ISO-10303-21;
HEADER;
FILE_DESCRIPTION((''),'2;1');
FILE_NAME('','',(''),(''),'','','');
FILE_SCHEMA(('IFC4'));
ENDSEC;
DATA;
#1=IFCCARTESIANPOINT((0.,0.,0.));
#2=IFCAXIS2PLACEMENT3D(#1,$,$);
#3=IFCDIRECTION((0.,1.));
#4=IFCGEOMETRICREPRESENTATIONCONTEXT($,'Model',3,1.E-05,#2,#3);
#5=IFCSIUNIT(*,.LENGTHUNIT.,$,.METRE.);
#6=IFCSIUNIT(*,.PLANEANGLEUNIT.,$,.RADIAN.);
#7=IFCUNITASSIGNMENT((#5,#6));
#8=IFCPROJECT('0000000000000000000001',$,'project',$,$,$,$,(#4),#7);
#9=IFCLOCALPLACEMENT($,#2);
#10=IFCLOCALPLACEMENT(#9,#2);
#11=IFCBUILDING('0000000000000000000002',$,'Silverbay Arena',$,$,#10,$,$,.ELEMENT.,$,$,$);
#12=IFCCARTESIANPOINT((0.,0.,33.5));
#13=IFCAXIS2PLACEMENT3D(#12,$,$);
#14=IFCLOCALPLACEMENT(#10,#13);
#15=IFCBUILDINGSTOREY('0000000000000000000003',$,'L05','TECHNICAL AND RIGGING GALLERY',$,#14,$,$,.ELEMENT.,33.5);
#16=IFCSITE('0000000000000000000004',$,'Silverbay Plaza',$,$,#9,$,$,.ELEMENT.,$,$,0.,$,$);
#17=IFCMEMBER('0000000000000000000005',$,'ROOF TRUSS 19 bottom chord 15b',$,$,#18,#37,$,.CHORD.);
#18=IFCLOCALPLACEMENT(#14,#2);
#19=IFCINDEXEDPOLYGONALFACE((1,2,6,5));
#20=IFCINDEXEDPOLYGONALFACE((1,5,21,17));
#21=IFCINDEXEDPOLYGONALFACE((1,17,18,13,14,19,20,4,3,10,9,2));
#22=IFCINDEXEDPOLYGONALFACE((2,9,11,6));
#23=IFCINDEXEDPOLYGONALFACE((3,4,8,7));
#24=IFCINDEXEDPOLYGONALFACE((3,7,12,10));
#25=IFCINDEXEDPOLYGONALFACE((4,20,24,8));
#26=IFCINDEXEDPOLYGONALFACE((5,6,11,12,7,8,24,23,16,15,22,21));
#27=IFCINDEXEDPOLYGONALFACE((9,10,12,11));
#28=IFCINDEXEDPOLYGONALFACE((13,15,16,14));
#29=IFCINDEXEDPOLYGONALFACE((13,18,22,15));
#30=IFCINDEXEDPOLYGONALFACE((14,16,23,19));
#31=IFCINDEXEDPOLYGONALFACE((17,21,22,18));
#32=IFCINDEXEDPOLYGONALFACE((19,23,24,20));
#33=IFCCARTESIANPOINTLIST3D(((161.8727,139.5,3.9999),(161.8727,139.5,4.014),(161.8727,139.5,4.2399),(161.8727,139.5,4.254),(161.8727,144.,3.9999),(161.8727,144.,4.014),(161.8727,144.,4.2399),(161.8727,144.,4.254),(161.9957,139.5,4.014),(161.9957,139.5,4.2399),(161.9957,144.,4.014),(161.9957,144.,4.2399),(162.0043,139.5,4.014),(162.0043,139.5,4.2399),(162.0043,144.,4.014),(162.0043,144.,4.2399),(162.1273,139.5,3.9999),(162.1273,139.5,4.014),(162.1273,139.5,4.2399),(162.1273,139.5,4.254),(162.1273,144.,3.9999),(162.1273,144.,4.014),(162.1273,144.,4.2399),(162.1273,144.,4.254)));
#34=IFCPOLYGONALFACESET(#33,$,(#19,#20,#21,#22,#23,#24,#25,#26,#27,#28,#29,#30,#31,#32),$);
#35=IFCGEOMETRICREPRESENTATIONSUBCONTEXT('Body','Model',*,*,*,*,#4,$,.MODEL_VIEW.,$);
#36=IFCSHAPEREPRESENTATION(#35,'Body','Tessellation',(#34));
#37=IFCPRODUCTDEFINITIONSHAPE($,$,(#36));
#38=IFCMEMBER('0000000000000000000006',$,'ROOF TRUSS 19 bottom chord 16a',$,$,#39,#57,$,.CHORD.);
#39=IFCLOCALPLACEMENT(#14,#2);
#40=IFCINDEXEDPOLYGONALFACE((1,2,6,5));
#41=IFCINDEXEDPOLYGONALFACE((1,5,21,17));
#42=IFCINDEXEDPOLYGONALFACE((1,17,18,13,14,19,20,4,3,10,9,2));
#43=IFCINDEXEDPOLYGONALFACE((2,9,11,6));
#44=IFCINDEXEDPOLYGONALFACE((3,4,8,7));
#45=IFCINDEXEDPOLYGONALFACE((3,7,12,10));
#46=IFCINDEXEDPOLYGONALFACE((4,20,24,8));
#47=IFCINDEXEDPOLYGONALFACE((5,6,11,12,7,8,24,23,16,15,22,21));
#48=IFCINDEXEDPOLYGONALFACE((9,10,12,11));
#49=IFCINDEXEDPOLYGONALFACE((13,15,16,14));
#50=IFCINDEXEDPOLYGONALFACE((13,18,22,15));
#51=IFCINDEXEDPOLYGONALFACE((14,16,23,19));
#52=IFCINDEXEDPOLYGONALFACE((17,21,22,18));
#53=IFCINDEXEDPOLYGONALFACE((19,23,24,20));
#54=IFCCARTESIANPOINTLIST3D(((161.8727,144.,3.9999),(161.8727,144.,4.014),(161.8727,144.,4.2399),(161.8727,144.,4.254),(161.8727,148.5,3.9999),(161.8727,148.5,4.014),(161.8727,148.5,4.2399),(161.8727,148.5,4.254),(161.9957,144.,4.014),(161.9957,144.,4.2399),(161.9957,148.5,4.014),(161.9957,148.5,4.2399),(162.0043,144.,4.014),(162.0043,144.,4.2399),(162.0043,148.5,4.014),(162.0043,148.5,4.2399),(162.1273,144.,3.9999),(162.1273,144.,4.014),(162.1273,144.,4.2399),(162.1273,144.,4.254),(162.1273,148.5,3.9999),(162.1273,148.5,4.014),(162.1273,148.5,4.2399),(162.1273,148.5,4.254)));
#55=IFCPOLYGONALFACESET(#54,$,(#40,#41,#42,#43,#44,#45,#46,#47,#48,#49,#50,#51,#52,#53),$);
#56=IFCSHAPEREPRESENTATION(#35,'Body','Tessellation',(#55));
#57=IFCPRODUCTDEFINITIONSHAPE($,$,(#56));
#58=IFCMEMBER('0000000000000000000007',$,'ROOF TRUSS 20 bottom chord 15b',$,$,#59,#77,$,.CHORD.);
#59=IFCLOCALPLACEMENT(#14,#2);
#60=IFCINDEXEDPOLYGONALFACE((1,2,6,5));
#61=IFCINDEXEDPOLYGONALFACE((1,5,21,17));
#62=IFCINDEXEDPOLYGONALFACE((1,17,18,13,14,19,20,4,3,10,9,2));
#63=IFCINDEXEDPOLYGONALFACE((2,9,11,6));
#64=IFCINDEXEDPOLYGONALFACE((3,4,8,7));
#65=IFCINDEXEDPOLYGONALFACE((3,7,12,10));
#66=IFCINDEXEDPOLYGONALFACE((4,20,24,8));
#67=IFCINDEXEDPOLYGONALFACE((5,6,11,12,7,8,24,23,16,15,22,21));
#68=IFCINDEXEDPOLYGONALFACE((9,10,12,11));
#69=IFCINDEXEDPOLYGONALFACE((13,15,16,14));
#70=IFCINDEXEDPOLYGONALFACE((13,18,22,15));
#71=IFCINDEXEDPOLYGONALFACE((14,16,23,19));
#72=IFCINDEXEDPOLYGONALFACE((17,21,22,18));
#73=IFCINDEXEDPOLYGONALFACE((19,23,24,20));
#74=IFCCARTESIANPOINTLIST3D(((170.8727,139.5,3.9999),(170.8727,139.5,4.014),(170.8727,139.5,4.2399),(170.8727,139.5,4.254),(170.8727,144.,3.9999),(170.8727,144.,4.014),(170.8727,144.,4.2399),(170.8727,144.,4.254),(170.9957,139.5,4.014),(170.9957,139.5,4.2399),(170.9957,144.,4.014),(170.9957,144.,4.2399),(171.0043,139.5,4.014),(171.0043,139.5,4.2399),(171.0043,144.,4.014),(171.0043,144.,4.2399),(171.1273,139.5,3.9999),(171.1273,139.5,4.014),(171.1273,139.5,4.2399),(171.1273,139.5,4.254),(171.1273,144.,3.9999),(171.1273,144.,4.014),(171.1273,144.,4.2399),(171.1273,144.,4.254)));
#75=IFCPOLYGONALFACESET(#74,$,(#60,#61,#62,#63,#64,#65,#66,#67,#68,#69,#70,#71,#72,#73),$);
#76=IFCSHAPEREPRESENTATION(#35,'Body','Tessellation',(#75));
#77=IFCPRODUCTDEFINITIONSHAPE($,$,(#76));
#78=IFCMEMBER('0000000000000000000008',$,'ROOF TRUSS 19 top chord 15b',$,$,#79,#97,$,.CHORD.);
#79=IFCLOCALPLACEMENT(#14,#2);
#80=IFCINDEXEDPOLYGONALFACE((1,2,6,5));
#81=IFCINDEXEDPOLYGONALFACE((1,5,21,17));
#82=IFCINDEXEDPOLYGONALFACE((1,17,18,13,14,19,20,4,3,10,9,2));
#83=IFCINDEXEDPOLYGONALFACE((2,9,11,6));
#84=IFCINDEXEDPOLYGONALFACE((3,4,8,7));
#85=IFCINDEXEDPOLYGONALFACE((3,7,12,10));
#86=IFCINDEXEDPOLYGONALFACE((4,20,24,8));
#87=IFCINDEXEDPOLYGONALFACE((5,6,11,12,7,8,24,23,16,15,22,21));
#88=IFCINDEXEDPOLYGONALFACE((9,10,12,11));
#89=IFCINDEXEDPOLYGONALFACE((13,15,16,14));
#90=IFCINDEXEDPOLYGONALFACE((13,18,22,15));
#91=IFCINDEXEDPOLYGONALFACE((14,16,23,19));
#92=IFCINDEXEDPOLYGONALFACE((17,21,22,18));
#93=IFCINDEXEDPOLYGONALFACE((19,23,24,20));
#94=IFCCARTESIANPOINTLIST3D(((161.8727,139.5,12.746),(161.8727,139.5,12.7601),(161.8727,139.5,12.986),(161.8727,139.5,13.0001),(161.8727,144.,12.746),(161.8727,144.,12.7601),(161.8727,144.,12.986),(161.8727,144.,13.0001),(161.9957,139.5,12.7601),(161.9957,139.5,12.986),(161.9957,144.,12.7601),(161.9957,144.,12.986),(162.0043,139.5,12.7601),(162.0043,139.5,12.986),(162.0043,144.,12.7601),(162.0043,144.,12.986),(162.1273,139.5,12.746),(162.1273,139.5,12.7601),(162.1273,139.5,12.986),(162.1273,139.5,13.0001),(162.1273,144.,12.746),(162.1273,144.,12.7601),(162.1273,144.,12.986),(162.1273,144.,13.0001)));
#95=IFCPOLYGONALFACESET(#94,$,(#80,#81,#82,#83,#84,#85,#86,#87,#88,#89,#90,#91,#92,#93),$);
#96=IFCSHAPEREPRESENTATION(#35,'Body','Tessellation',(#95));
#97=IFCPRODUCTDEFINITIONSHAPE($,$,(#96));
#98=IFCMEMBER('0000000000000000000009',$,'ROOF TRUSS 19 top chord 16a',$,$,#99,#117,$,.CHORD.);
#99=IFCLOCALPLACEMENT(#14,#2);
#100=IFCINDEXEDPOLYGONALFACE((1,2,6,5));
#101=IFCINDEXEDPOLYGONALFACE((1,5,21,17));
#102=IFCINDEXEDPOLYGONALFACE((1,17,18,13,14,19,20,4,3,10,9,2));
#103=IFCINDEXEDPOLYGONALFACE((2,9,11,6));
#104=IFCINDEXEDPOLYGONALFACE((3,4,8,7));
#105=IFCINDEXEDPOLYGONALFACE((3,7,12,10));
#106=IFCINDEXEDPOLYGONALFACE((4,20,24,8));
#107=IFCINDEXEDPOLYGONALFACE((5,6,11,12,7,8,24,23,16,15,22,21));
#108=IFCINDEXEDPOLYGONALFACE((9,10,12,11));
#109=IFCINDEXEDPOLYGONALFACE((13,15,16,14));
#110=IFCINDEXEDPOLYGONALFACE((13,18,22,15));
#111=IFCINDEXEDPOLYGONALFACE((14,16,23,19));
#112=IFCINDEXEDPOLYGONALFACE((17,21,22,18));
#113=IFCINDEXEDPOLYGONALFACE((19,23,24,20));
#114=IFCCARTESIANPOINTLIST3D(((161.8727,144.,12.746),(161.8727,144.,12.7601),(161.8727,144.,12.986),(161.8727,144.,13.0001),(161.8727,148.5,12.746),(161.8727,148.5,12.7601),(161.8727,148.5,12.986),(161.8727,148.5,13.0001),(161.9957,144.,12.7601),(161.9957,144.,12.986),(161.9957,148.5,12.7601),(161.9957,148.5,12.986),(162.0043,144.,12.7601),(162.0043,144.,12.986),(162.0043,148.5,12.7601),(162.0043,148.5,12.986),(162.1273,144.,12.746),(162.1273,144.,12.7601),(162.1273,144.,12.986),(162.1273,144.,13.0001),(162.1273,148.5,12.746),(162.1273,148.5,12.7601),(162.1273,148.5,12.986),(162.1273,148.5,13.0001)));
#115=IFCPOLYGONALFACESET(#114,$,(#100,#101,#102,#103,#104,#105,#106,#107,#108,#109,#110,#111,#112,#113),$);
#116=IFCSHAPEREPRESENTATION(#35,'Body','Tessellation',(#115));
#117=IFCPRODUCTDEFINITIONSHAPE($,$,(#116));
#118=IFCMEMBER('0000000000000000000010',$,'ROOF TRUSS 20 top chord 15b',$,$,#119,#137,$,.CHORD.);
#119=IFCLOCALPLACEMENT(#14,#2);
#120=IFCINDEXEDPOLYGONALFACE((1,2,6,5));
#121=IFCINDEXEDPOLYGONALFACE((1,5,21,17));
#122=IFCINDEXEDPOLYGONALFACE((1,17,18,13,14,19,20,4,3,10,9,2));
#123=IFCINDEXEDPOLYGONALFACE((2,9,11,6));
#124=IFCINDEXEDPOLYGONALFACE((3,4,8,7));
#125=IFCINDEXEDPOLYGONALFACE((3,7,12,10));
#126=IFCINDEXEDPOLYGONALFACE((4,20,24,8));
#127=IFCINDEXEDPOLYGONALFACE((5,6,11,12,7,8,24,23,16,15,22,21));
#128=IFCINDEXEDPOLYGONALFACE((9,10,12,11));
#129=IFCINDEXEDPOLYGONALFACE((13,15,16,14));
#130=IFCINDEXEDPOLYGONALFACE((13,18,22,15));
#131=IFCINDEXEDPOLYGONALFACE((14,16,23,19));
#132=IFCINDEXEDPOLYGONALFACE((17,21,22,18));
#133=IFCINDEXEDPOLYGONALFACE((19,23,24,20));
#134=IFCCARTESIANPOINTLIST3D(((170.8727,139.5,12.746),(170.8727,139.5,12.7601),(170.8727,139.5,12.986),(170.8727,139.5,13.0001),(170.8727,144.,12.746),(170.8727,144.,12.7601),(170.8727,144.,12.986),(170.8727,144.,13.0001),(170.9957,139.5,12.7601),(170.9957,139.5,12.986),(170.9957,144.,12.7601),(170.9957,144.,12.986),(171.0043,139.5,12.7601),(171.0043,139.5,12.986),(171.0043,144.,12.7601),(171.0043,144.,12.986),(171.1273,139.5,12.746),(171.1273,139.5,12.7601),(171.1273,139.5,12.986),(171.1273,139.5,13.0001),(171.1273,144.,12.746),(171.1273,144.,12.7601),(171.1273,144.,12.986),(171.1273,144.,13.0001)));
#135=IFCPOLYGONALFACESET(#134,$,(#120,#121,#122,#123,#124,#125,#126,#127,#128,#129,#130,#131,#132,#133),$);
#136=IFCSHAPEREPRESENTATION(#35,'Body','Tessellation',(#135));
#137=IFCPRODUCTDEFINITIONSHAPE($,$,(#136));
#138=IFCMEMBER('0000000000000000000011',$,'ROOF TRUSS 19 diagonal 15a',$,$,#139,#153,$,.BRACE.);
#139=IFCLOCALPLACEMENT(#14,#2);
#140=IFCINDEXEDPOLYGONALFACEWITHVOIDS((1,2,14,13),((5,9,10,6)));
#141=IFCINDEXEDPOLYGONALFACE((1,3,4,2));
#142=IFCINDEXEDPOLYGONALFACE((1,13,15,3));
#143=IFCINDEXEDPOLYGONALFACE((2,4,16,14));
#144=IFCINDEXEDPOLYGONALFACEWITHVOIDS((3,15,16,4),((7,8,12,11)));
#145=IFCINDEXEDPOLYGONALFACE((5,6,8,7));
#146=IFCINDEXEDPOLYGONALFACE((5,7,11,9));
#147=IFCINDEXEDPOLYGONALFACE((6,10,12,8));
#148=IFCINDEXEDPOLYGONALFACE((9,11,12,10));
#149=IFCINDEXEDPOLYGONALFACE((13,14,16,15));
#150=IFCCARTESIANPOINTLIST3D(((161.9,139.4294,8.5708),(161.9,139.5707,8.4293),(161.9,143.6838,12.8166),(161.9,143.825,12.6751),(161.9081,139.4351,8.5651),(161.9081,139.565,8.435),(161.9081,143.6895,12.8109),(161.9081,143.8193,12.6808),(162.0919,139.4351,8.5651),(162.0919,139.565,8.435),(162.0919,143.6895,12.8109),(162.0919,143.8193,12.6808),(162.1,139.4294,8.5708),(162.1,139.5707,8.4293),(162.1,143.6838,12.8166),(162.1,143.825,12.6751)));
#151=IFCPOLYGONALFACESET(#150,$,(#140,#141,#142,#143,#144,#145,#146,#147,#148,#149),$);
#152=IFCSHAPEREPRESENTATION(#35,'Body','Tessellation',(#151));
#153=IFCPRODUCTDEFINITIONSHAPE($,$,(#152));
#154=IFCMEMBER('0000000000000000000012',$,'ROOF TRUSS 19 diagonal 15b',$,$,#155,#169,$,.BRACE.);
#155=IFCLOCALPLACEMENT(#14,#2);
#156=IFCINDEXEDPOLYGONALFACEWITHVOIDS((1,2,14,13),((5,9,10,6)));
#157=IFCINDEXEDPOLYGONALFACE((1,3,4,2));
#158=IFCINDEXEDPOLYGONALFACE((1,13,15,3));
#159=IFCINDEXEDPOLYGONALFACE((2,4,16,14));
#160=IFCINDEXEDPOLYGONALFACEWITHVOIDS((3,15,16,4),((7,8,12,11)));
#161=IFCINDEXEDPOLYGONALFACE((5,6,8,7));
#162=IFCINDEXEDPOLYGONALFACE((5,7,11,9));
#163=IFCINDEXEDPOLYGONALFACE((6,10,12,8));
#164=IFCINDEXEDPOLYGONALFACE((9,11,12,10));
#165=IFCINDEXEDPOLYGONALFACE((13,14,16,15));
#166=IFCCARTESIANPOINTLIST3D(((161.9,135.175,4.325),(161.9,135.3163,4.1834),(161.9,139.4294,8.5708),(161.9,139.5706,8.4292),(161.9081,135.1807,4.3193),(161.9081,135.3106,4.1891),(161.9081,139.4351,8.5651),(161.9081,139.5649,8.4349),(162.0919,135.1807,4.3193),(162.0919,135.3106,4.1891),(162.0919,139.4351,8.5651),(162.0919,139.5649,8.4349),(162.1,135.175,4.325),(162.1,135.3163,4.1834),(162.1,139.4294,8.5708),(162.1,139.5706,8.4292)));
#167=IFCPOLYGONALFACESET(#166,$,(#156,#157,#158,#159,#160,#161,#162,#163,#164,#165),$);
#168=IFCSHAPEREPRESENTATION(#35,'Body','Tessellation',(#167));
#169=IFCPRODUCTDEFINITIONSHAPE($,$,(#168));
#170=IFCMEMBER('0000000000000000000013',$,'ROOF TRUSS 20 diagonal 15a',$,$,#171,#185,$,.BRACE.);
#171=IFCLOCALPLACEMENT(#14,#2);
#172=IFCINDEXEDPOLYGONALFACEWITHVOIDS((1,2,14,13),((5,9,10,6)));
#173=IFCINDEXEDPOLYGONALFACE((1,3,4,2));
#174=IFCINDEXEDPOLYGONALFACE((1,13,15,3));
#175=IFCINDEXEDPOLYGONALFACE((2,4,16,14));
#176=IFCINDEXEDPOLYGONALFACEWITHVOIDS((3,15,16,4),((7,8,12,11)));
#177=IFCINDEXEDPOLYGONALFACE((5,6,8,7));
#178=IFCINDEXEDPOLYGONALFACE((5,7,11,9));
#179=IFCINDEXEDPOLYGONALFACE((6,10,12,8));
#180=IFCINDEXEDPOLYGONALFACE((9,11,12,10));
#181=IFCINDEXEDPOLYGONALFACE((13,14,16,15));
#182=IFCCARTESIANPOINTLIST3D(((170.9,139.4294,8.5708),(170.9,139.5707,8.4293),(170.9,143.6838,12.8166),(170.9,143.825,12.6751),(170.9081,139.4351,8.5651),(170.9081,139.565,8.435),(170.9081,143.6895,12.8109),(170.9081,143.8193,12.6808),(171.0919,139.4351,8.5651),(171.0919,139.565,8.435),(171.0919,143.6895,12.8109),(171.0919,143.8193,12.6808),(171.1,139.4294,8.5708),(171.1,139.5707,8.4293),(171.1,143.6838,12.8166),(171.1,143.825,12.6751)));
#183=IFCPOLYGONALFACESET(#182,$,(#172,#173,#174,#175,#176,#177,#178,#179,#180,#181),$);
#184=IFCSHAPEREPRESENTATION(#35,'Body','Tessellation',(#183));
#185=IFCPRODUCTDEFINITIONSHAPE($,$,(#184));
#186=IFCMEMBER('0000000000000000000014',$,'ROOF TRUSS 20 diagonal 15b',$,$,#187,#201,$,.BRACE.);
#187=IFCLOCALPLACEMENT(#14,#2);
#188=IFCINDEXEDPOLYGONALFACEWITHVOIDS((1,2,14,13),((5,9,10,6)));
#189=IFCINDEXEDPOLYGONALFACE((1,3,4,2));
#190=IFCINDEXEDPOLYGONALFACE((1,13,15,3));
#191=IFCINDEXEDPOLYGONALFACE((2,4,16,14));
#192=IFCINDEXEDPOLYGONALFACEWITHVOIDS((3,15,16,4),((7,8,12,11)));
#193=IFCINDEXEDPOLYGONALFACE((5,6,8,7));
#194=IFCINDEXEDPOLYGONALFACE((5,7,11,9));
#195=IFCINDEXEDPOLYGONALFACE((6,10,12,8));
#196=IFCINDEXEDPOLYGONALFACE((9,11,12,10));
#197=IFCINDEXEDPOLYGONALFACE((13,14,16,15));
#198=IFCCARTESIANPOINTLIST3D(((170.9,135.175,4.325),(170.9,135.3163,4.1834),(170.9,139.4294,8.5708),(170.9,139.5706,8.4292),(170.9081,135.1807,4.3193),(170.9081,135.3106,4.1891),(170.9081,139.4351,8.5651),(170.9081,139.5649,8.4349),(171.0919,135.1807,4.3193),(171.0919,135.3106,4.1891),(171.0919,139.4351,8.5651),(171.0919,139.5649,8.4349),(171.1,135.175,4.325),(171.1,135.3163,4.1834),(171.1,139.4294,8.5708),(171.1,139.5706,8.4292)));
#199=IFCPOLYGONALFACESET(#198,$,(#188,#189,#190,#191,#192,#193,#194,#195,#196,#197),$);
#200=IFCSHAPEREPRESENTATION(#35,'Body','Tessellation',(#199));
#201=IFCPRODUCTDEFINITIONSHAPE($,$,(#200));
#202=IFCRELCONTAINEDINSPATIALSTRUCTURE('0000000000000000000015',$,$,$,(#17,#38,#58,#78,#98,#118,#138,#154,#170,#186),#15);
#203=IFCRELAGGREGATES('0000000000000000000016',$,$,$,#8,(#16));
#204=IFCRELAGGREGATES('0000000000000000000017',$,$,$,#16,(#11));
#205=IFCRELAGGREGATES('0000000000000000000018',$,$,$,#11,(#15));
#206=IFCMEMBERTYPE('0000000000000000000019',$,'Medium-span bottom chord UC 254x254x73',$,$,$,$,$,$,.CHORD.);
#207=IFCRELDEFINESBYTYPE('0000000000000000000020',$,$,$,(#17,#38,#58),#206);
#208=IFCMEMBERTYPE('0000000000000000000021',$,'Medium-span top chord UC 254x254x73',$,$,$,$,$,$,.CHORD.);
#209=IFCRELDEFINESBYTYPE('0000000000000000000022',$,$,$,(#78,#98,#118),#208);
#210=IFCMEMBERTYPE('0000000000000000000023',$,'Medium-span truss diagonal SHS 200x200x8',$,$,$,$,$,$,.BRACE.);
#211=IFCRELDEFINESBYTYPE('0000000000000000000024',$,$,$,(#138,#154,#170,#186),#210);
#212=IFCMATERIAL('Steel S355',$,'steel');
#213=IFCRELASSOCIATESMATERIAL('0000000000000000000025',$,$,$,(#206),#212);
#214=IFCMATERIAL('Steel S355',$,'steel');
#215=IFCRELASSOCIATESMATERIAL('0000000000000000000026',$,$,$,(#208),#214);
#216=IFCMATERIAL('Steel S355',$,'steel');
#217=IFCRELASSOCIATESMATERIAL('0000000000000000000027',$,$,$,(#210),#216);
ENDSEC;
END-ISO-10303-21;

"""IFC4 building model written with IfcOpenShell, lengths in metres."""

from ifc_helpers import new_model, si_unit, direction, frame, origin, origin_2d, place, context, subcontext, project, spatial, hollow_rectangle, i_section, extrude, material, material_profile, profile_set, type_object, element, save


model = new_model("IFC4")

# Units and contexts
model_context = context("Model", 3, precision=1e-05, world=origin(), true_north=direction((0.0, 1.0)))
body_context = subcontext(model_context, "Body", "Model", "MODEL_VIEW")
ifc_project = project(units=[si_unit("LENGTHUNIT", "METRE"), si_unit("PLANEANGLEUNIT", "RADIAN")], contexts=[model_context])

# Site, building, storey
site_placement = place(None, origin())
site = spatial("IfcSite", under=ifc_project, at=site_placement, Name="Silverbay Plaza", CompositionType="ELEMENT", RefElevation=0.0)
building_placement = place(site_placement, origin())
building = spatial("IfcBuilding", under=site, at=building_placement, Name="Silverbay Arena", CompositionType="ELEMENT")
storey_placement = place(building_placement, frame((0.0, 0.0, 33.5)))
storey = spatial("IfcBuildingStorey", under=building, at=storey_placement, Name="L05", Description="TECHNICAL AND RIGGING GALLERY", CompositionType="ELEMENT", Elevation=33.5)

# Members
ifc_material_1 = material(Name="Steel S355", Category="steel")
ifc_material_profile_1 = material_profile(ifc_material_1, i_section(OverallWidth=0.2546, OverallDepth=0.2542, WebThickness=0.0085, FlangeThickness=0.0142, at=origin_2d()), Name="UC 254x254x73")
ifc_profile_set_1 = profile_set([ifc_material_profile_1], Name="Steel S355")
member_type_1 = type_object("IfcMemberType", Name="Medium-span bottom chord UC 254x254x73", PredefinedType="CHORD", material=ifc_profile_set_1)
for number, where, z_axis, x_axis, name in (
    (1, (162.0, 139.5, 4.127), (0.0, 1.0, 0.0), (-1.0, 0.0, 0.0), "ROOF TRUSS 19 bottom chord 15b"),
    (2, (162.0, 144.0, 4.127), (0.0, 1.0, 0.0), (-1.0, 0.0, 0.0), "ROOF TRUSS 19 bottom chord 16a"),
    (3, (171.0, 139.5, 4.127), (0.0, 1.0, 0.0), (-1.0, 0.0, 0.0), "ROOF TRUSS 20 bottom chord 15b"),
):
    element("IfcMember", number, at=place(storey_placement, frame(where, z_axis=z_axis, x_axis=x_axis)), inside=storey, type_object=member_type_1, Name=name, PredefinedType="CHORD", context=body_context, shape_type="SweptSolid", body=[
        extrude(i_section(OverallWidth=0.2546, OverallDepth=0.2542, WebThickness=0.0085, FlangeThickness=0.0142, at=origin_2d()), origin(), (0.0, 0.0, 1.0), 4.5),
    ])
ifc_material_2 = material(Name="Steel S355", Category="steel")
ifc_material_profile_2 = material_profile(ifc_material_2, i_section(OverallWidth=0.2546, OverallDepth=0.2542, WebThickness=0.0085, FlangeThickness=0.0142, at=origin_2d()), Name="UC 254x254x73")
ifc_profile_set_2 = profile_set([ifc_material_profile_2], Name="Steel S355")
member_type_2 = type_object("IfcMemberType", Name="Medium-span top chord UC 254x254x73", PredefinedType="CHORD", material=ifc_profile_set_2)
for number, where, z_axis, x_axis, name in (
    (4, (162.0, 139.5, 12.873), (0.0, 1.0, 0.0), (-1.0, 0.0, 0.0), "ROOF TRUSS 19 top chord 15b"),
    (5, (162.0, 144.0, 12.873), (0.0, 1.0, 0.0), (-1.0, 0.0, 0.0), "ROOF TRUSS 19 top chord 16a"),
    (6, (171.0, 139.5, 12.873), (0.0, 1.0, 0.0), (-1.0, 0.0, 0.0), "ROOF TRUSS 20 top chord 15b"),
):
    element("IfcMember", number, at=place(storey_placement, frame(where, z_axis=z_axis, x_axis=x_axis)), inside=storey, type_object=member_type_2, Name=name, PredefinedType="CHORD", context=body_context, shape_type="SweptSolid", body=[
        extrude(i_section(OverallWidth=0.2546, OverallDepth=0.2542, WebThickness=0.0085, FlangeThickness=0.0142, at=origin_2d()), origin(), (0.0, 0.0, 1.0), 4.5),
    ])
ifc_material_3 = material(Name="Steel S355", Category="steel")
ifc_material_profile_3 = material_profile(ifc_material_3, hollow_rectangle(XDim=0.2, YDim=0.2, WallThickness=0.0081, at=origin_2d()), Name="SHS 200x200x8")
ifc_profile_set_3 = profile_set([ifc_material_profile_3], Name="Steel S355")
member_type_3 = type_object("IfcMemberType", Name="Medium-span truss diagonal SHS 200x200x8", PredefinedType="BRACE", material=ifc_profile_set_3)
for number, where, z_axis, x_axis, name in (
    (7, (162.0, 143.7544, 12.7458), (0.0, -0.707817, -0.706396), (1.0, 0.0, 0.0), "ROOF TRUSS 19 diagonal 15a"),
    (8, (162.0, 139.5, 8.5), (0.0, -0.707817, -0.706396), (1.0, 0.0, 0.0), "ROOF TRUSS 19 diagonal 15b"),
    (9, (171.0, 143.7544, 12.7458), (0.0, -0.707817, -0.706396), (1.0, 0.0, 0.0), "ROOF TRUSS 20 diagonal 15a"),
    (10, (171.0, 139.5, 8.5), (0.0, -0.707817, -0.706396), (1.0, 0.0, 0.0), "ROOF TRUSS 20 diagonal 15b"),
):
    element("IfcMember", number, at=place(storey_placement, frame(where, z_axis=z_axis, x_axis=x_axis)), inside=storey, type_object=member_type_3, Name=name, PredefinedType="BRACE", context=body_context, shape_type="SweptSolid", body=[
        extrude(hollow_rectangle(XDim=0.2, YDim=0.2, WallThickness=0.0081, at=origin_2d()), origin(), (0.0, 0.0, 1.0), 6.0105),
    ])

save(model, "model.ifc")
